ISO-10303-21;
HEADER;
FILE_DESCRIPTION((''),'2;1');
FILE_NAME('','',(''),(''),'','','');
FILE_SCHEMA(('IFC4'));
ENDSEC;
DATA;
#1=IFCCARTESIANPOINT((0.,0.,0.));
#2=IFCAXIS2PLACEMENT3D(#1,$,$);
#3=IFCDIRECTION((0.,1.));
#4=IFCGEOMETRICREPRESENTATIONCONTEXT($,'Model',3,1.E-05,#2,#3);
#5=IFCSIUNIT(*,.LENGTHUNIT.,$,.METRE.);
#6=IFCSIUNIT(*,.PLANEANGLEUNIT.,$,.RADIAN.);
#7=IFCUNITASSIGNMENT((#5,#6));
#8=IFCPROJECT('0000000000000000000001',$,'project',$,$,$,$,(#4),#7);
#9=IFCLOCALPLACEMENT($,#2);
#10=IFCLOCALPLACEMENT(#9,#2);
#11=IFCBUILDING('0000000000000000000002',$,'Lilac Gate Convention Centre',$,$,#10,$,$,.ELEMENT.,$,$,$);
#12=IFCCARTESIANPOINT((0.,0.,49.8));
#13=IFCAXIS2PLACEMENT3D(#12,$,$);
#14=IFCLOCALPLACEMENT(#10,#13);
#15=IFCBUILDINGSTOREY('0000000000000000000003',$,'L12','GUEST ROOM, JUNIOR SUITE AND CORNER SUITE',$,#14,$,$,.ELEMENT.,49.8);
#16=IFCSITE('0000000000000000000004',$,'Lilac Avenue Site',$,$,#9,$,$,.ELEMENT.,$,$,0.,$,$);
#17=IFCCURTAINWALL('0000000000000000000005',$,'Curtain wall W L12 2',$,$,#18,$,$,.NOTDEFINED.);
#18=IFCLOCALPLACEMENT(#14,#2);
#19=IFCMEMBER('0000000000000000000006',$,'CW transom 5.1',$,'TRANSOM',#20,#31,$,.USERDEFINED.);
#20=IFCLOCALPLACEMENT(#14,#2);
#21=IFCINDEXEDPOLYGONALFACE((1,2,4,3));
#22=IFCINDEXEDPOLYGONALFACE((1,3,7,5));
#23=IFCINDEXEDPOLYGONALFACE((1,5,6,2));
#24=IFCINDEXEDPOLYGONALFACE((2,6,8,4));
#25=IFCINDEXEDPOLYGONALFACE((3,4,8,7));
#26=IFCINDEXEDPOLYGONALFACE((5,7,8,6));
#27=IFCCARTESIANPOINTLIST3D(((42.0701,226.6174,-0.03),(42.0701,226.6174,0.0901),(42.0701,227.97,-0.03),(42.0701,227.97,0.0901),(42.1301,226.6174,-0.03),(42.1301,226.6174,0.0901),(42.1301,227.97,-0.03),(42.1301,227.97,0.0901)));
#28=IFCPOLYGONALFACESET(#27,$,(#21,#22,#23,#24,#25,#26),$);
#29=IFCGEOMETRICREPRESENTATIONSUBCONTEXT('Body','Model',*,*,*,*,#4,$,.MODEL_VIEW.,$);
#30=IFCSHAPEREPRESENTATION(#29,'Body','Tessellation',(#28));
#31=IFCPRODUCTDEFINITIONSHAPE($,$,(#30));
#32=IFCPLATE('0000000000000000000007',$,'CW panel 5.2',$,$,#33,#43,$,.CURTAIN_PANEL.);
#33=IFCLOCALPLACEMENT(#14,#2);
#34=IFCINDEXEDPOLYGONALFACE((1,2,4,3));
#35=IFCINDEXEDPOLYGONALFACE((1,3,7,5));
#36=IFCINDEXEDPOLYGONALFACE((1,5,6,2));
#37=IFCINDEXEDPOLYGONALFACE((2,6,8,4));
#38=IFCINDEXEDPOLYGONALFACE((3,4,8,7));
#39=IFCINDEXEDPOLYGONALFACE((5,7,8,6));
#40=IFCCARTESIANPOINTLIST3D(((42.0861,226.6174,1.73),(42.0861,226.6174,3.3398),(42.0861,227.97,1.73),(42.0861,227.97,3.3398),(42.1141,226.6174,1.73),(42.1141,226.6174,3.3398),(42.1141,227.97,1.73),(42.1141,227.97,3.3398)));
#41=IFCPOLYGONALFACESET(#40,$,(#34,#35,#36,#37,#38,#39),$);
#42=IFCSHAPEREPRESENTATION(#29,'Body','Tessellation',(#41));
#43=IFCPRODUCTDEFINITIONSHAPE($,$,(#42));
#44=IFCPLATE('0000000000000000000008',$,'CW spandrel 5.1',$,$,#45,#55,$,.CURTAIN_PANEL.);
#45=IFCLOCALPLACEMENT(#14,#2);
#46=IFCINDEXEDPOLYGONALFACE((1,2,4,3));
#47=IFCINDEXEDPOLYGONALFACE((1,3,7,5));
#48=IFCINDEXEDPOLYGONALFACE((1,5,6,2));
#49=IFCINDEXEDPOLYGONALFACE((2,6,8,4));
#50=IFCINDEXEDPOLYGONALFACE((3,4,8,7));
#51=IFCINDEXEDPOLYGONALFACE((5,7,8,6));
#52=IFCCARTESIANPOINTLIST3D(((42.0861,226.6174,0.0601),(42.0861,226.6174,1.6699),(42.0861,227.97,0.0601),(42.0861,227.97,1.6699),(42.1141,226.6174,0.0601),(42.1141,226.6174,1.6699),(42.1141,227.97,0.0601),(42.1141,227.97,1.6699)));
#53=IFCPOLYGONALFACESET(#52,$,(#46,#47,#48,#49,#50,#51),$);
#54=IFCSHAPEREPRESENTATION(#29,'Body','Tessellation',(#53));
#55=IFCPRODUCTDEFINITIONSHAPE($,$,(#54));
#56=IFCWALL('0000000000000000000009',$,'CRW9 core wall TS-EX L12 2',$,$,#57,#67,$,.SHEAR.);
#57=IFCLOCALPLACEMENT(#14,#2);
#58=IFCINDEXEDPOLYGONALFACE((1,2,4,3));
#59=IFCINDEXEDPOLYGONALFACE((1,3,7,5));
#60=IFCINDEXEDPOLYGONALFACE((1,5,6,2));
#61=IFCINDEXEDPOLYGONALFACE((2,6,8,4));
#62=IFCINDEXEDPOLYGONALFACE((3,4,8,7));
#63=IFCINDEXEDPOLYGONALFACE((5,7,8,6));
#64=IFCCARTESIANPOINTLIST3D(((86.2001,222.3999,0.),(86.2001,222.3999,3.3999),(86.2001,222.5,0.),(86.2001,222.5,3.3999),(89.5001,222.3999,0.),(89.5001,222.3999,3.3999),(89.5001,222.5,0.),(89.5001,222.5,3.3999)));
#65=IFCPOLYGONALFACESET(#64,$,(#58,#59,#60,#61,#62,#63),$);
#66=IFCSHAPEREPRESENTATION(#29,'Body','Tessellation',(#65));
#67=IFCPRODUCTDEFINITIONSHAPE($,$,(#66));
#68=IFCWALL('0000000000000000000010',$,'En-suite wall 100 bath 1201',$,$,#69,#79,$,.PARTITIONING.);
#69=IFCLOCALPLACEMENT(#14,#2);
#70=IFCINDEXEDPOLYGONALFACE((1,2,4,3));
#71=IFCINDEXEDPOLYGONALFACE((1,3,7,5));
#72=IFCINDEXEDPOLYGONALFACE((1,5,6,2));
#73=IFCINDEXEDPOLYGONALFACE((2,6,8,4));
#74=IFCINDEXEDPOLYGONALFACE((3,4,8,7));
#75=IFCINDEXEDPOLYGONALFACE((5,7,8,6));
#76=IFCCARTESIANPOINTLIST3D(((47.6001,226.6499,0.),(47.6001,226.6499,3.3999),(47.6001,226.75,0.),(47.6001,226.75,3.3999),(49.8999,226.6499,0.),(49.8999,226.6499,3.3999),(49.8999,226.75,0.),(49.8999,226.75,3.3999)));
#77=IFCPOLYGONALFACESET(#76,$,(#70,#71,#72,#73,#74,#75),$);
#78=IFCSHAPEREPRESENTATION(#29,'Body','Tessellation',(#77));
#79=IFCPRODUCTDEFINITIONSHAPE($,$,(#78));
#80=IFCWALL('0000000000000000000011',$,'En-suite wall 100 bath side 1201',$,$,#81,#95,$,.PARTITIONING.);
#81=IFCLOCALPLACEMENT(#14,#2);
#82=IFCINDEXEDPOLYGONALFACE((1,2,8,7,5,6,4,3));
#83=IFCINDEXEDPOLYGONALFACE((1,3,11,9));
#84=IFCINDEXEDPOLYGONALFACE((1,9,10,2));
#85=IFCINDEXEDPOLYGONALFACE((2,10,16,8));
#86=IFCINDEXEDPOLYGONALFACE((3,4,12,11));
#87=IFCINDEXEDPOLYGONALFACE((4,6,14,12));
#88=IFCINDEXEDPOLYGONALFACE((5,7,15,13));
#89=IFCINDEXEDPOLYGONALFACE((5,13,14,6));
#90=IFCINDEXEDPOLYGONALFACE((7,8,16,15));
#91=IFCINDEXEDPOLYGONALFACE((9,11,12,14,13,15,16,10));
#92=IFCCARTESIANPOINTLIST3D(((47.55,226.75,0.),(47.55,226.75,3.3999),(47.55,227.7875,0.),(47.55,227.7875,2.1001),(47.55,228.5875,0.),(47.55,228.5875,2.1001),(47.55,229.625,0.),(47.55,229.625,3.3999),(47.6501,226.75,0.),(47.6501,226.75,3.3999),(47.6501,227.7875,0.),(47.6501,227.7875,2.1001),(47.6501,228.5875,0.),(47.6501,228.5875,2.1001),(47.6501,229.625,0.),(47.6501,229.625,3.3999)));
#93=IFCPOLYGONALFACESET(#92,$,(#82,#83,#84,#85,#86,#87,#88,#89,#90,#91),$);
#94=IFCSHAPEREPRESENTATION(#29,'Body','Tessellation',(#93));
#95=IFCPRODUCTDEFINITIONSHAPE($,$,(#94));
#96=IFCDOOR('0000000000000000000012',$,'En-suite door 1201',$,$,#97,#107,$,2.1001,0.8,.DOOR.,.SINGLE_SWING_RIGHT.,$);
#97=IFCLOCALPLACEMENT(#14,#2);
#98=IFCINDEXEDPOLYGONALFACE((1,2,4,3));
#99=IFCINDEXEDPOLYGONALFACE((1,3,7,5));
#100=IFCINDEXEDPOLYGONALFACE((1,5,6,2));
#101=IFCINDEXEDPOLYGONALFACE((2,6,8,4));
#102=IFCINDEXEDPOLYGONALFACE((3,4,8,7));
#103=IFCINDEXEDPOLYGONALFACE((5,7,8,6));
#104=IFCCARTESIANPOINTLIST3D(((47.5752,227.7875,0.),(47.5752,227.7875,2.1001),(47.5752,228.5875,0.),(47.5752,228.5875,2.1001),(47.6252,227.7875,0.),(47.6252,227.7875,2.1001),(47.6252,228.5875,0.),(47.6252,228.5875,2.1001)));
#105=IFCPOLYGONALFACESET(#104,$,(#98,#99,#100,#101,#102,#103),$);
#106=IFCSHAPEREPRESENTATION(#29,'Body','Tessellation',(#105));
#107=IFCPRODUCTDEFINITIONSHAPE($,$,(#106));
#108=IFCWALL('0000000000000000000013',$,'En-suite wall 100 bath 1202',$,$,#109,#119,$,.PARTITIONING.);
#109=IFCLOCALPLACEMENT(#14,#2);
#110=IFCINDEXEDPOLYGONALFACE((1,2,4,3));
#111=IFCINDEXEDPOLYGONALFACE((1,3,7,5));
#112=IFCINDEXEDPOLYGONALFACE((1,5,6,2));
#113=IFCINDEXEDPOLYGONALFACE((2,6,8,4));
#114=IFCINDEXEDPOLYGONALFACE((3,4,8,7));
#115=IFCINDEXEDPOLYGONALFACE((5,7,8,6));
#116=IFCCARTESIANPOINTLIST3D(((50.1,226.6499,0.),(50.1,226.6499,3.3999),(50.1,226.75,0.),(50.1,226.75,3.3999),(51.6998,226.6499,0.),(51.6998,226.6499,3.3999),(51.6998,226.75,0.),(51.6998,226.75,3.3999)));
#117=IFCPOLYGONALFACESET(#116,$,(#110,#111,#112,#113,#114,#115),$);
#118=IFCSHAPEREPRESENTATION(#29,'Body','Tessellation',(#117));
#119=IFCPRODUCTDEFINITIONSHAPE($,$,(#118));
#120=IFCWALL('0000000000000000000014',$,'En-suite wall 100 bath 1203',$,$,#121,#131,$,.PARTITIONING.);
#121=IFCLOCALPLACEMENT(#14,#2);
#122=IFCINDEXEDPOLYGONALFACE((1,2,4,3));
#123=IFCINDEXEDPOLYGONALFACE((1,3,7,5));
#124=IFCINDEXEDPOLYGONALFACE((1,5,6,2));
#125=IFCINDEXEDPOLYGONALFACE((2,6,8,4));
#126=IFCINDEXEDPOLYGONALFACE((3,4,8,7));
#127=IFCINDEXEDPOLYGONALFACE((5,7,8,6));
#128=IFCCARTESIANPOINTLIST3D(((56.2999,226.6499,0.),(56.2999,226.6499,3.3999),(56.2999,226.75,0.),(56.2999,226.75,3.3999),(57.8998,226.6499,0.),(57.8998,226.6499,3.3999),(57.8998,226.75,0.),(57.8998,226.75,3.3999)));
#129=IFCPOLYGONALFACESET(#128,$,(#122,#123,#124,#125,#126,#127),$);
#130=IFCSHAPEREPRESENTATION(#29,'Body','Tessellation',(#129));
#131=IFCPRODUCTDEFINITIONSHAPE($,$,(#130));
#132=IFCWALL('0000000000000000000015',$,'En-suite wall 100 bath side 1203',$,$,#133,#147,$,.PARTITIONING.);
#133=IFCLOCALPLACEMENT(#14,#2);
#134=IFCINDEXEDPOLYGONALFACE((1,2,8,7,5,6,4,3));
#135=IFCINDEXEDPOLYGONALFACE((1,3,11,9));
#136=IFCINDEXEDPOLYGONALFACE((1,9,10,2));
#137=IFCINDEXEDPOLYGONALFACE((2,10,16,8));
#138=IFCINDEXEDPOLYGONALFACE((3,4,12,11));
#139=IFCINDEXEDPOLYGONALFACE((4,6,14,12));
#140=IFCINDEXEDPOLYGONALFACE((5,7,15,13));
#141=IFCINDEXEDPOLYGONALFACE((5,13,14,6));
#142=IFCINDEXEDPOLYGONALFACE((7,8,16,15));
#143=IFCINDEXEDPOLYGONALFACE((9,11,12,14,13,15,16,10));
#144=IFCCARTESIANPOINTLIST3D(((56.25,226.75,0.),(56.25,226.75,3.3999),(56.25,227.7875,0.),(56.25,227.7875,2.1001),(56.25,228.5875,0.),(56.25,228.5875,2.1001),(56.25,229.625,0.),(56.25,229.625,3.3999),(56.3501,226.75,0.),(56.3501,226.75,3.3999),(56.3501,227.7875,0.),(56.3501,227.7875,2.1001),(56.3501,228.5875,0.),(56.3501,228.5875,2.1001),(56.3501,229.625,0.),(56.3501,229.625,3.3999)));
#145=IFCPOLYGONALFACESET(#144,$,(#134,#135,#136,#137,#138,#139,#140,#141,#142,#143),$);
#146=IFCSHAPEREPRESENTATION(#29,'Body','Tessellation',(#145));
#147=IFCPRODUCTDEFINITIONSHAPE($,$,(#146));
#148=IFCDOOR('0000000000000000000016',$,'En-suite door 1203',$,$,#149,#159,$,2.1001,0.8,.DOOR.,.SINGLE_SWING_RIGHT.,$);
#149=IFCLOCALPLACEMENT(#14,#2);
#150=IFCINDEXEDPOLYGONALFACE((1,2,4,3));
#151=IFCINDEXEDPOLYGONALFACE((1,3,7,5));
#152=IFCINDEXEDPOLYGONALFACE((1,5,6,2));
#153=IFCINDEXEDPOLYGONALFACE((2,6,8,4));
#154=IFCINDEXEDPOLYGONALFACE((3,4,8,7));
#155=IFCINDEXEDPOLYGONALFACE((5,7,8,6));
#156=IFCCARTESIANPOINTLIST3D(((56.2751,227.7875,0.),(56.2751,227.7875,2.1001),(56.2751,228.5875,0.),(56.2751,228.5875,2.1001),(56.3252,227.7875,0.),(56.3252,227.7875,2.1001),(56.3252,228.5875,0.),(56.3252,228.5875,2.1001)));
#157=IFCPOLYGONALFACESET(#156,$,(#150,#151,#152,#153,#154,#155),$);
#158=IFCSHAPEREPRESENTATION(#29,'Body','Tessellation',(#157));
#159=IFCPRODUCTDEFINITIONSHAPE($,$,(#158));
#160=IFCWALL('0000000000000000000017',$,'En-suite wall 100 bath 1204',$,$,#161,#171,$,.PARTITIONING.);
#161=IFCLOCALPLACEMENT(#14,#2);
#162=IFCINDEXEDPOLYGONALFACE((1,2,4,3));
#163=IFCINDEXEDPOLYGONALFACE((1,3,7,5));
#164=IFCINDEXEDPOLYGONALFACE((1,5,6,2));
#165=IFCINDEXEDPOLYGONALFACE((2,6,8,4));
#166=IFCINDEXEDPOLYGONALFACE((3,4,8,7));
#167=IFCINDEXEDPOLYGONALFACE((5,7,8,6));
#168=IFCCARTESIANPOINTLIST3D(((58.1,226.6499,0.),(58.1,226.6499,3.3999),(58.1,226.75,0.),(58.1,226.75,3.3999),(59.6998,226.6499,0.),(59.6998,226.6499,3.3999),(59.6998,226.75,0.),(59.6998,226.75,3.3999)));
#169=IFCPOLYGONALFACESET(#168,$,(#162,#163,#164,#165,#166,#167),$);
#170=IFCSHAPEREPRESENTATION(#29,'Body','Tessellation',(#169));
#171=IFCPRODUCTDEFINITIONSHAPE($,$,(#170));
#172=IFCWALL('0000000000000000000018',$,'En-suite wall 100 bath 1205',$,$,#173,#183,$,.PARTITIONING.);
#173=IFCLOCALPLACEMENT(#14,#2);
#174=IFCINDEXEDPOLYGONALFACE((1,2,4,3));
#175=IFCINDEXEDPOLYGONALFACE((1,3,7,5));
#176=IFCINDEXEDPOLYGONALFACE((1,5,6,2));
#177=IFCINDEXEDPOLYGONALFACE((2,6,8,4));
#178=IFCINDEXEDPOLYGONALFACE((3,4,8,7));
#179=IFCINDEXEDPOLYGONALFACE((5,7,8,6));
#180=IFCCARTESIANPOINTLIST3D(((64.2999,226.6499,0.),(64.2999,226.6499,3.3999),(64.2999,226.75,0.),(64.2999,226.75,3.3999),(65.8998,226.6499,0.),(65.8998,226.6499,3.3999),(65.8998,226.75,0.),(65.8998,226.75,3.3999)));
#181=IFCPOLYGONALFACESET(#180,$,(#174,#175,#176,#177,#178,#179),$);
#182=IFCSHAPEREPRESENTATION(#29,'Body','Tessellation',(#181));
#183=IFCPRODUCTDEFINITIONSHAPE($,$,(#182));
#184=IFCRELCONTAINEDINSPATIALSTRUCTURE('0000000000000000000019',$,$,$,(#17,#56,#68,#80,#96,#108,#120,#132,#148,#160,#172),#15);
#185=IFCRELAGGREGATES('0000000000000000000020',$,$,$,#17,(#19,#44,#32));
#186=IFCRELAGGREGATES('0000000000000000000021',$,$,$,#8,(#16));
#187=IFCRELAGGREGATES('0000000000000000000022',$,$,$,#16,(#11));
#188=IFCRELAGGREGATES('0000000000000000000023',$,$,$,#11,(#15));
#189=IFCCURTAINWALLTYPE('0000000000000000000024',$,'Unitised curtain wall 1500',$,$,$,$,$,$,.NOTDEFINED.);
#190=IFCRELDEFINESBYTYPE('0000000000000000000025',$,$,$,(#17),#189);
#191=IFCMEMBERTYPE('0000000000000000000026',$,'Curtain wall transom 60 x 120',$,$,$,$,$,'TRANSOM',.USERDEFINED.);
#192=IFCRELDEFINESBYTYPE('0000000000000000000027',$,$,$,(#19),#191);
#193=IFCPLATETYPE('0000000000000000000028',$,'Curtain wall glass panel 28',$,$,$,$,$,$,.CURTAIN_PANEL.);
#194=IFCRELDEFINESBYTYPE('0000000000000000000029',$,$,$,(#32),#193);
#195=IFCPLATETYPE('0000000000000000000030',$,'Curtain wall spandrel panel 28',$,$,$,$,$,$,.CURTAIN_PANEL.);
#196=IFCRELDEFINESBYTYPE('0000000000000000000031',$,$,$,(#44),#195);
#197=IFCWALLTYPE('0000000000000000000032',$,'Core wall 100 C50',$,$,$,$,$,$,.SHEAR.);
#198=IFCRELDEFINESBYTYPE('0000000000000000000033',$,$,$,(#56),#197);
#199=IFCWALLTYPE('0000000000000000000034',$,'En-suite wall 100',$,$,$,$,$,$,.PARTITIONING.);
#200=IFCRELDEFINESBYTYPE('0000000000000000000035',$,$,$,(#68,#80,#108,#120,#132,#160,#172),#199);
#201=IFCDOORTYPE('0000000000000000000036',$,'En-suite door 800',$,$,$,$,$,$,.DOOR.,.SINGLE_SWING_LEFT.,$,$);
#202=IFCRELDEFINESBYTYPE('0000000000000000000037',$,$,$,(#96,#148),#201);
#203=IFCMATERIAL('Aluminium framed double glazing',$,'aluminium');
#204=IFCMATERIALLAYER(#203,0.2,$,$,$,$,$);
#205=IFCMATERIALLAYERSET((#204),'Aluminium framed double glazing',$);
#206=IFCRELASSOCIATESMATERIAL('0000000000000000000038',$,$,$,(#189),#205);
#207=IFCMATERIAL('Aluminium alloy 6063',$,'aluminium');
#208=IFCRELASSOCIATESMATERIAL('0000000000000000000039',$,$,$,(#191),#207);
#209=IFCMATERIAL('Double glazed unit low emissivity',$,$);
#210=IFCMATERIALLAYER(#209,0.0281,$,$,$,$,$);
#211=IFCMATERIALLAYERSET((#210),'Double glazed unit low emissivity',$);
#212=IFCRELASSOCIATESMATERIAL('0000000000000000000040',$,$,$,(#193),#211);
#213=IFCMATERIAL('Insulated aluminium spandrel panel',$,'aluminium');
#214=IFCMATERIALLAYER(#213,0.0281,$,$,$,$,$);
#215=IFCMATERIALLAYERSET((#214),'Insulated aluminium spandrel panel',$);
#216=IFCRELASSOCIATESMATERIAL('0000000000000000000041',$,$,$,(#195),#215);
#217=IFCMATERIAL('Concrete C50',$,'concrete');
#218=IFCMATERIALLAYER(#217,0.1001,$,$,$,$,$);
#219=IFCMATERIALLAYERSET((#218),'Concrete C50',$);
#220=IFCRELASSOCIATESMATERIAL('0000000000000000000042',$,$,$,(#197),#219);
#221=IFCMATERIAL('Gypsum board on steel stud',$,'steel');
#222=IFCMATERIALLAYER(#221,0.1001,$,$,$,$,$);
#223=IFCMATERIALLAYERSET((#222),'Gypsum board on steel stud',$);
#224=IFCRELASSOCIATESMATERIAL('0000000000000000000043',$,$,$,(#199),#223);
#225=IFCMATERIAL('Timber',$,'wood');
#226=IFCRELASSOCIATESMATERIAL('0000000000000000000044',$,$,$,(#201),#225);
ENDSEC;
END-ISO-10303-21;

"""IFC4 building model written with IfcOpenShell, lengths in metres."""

from ifc_helpers import new_model, si_unit, direction, frame, frame_2d, origin, origin_2d, place, context, subcontext, project, spatial, rectangle, extrude, material, layer, layer_set, material_profile, profile_set, type_object, element, fill, aggregate, save


model = new_model("IFC4")

# Units and contexts
model_context = context("Model", 3, precision=1e-05, world=origin(), true_north=direction((0.0, 1.0)))
body_context = subcontext(model_context, "Body", "Model", "MODEL_VIEW")
ifc_project = project(units=[si_unit("LENGTHUNIT", "METRE"), si_unit("PLANEANGLEUNIT", "RADIAN")], contexts=[model_context])

# Site, building, storey
site_placement = place(None, origin())
site = spatial("IfcSite", under=ifc_project, at=site_placement, Name="Lilac Avenue Site", CompositionType="ELEMENT", RefElevation=0.0)
building_placement = place(site_placement, origin())
building = spatial("IfcBuilding", under=site, at=building_placement, Name="Lilac Gate Convention Centre", CompositionType="ELEMENT")
storey_placement = place(building_placement, frame((0.0, 0.0, 49.8)))
storey = spatial("IfcBuildingStorey", under=building, at=storey_placement, Name="L12", Description="GUEST ROOM, JUNIOR SUITE AND CORNER SUITE", CompositionType="ELEMENT", Elevation=49.8)

# Curtain wall, member, plates
ifc_material_1 = material(Name="Aluminium framed double glazing", Category="aluminium")
ifc_layer_1 = layer(ifc_material_1, 0.2)
ifc_layer_set_1 = layer_set([ifc_layer_1], Name="Aluminium framed double glazing")
curtain_wall_type = type_object("IfcCurtainWallType", Name="Unitised curtain wall 1500", PredefinedType="NOTDEFINED", material=ifc_layer_set_1)
curtain_wall_placement = place(storey_placement, origin())
curtain_wall = element("IfcCurtainWall", 1, at=curtain_wall_placement, inside=storey, type_object=curtain_wall_type, Name="Curtain wall W L12 2", PredefinedType="NOTDEFINED")
ifc_material_2 = material(Name="Aluminium alloy 6063", Category="aluminium")
ifc_material_profile = material_profile(ifc_material_2, rectangle(XDim=0.0601, YDim=0.1201, at=origin_2d()), Name="Curtain wall transom 60 x 120")
ifc_profile_set = profile_set([ifc_material_profile], Name="Aluminium alloy 6063")
member_type = type_object("IfcMemberType", Name="Curtain wall transom 60 x 120", ElementType="TRANSOM", PredefinedType="USERDEFINED", material=ifc_profile_set)
member_placement = place(storey_placement, frame((42.1001, 227.97, 0.03), z_axis=(0.0, -1.0, 0.0), x_axis=(1.0, 0.0, 0.0)))
member = element("IfcMember", 2, at=member_placement, type_object=member_type, Name="CW transom 5.1", ObjectType="TRANSOM", PredefinedType="USERDEFINED", context=body_context, shape_type="SweptSolid", body=[
    extrude(rectangle(XDim=0.0601, YDim=0.1201, at=origin_2d()), origin(), (0.0, 0.0, 1.0), 1.3525),
])
ifc_material_3 = material(Name="Double glazed unit low emissivity")
ifc_layer_2 = layer(ifc_material_3, 0.0281)
ifc_layer_set_2 = layer_set([ifc_layer_2], Name="Double glazed unit low emissivity")
plate_type_1 = type_object("IfcPlateType", Name="Curtain wall glass panel 28", PredefinedType="CURTAIN_PANEL", material=ifc_layer_set_2)
plate_1_placement = place(storey_placement, frame((42.1001, 227.2937, 1.73), z_axis=(0.0, 0.0, 1.0), x_axis=(0.0, -1.0, 0.0)))
plate_1 = element("IfcPlate", 3, at=plate_1_placement, type_object=plate_type_1, Name="CW panel 5.2", PredefinedType="CURTAIN_PANEL", context=body_context, shape_type="SweptSolid", body=[
    extrude(rectangle(XDim=1.3525, YDim=0.0281, at=origin_2d()), origin(), (0.0, 0.0, 1.0), 1.6099),
])
ifc_material_4 = material(Name="Insulated aluminium spandrel panel", Category="aluminium")
ifc_layer_3 = layer(ifc_material_4, 0.0281)
ifc_layer_set_3 = layer_set([ifc_layer_3], Name="Insulated aluminium spandrel panel")
plate_type_2 = type_object("IfcPlateType", Name="Curtain wall spandrel panel 28", PredefinedType="CURTAIN_PANEL", material=ifc_layer_set_3)
plate_2_placement = place(storey_placement, frame((42.1001, 227.2937, 0.0601), z_axis=(0.0, 0.0, 1.0), x_axis=(0.0, -1.0, 0.0)))
plate_2 = element("IfcPlate", 4, at=plate_2_placement, type_object=plate_type_2, Name="CW spandrel 5.1", PredefinedType="CURTAIN_PANEL", context=body_context, shape_type="SweptSolid", body=[
    extrude(rectangle(XDim=1.3525, YDim=0.0281, at=origin_2d()), origin(), (0.0, 0.0, 1.0), 1.6099),
])
aggregate(curtain_wall, [member, plate_2, plate_1])

# Walls
ifc_material_5 = material(Name="Concrete C50", Category="concrete")
ifc_layer_4 = layer(ifc_material_5, 0.1001)
ifc_layer_set_4 = layer_set([ifc_layer_4], Name="Concrete C50")
wall_type_1 = type_object("IfcWallType", Name="Core wall 100 C50", PredefinedType="SHEAR", material=ifc_layer_set_4)
wall_1_placement = place(storey_placement, frame((89.5, 222.45, 0.0), z_axis=(0.0, 0.0, 1.0), x_axis=(-1.0, 0.0, 0.0)))
element("IfcWall", 5, at=wall_1_placement, inside=storey, type_object=wall_type_1, Name="CRW9 core wall TS-EX L12 2", PredefinedType="SHEAR", context=body_context, shape_type="SweptSolid", body=[
    extrude(rectangle(XDim=3.3, YDim=0.1001, at=frame_2d((1.6499, 0.0))), origin(), (0.0, 0.0, 1.0), 3.3999),
])
ifc_material_6 = material(Name="Gypsum board on steel stud", Category="steel")
ifc_layer_5 = layer(ifc_material_6, 0.1001)
ifc_layer_set_5 = layer_set([ifc_layer_5], Name="Gypsum board on steel stud")
wall_type_2 = type_object("IfcWallType", Name="En-suite wall 100", PredefinedType="PARTITIONING", material=ifc_layer_set_5)
wall_2_placement = place(storey_placement, frame((47.6001, 226.7, 0.0), z_axis=(0.0, 0.0, 1.0), x_axis=(1.0, 0.0, 0.0)))
element("IfcWall", 6, at=wall_2_placement, inside=storey, type_object=wall_type_2, Name="En-suite wall 100 bath 1201", PredefinedType="PARTITIONING", context=body_context, shape_type="SweptSolid", body=[
    extrude(rectangle(XDim=2.2998, YDim=0.1001, at=frame_2d((1.1499, 0.0))), origin(), (0.0, 0.0, 1.0), 3.3999),
])

# Wall, opening, door
wall_3_placement = place(storey_placement, frame((47.6001, 226.75, 0.0), z_axis=(0.0, 0.0, 1.0), x_axis=(0.0, 1.0, 0.0)))
wall_3 = element("IfcWall", 7, at=wall_3_placement, inside=storey, type_object=wall_type_2, Name="En-suite wall 100 bath side 1201", PredefinedType="PARTITIONING", context=body_context, shape_type="SweptSolid", body=[
    extrude(rectangle(XDim=2.875, YDim=0.1001, at=frame_2d((1.4375, 0.0))), origin(), (0.0, 0.0, 1.0), 3.3999),
])
opening_1_placement = place(wall_3_placement, frame((1.0376, 0.0, 0.0)))
opening_1 = element("IfcOpeningElement", 8, at=opening_1_placement, cuts=wall_3, PredefinedType="OPENING", context=body_context, shape_type="SweptSolid", body=[
    extrude(rectangle(XDim=0.8, YDim=2.1001, at=frame_2d((0.3999, 1.05))), frame((0.0, 0.0601, 0.0), z_axis=(0.0, -1.0, 0.0), x_axis=(1.0, 0.0, 0.0)), (0.0, 0.0, 1.0), 0.1201),
])
ifc_material_7 = material(Name="Timber", Category="wood")
door_type = type_object("IfcDoorType", Name="En-suite door 800", OperationType="SINGLE_SWING_LEFT", PredefinedType="DOOR", material=ifc_material_7)
door_1_placement = place(opening_1_placement, origin())
door_1 = element("IfcDoor", 9, at=door_1_placement, inside=storey, type_object=door_type, Name="En-suite door 1201", OperationType="SINGLE_SWING_RIGHT", OverallHeight=2.1001, OverallWidth=0.8, PredefinedType="DOOR", context=body_context, shape_type="SweptSolid", body=[
    extrude(rectangle(XDim=0.8, YDim=2.1001, at=frame_2d((0.3999, 1.05))), frame((0.0, 0.0249, 0.0), z_axis=(0.0, -1.0, 0.0), x_axis=(1.0, 0.0, 0.0)), (0.0, 0.0, 1.0), 0.05),
])
fill(opening_1, door_1)

# Walls
for number, where, z_axis, x_axis, name in (
    (10, (50.1001, 226.7, 0.0), (0.0, 0.0, 1.0), (1.0, 0.0, 0.0), "En-suite wall 100 bath 1202"),
    (11, (56.3, 226.7, 0.0), (0.0, 0.0, 1.0), (1.0, 0.0, 0.0), "En-suite wall 100 bath 1203"),
):
    element("IfcWall", number, at=place(storey_placement, frame(where, z_axis=z_axis, x_axis=x_axis)), inside=storey, type_object=wall_type_2, Name=name, PredefinedType="PARTITIONING", context=body_context, shape_type="SweptSolid", body=[
        extrude(rectangle(XDim=1.5999, YDim=0.1001, at=frame_2d((0.7998, 0.0))), origin(), (0.0, 0.0, 1.0), 3.3999),
    ])

# Wall, opening, door
wall_4_placement = place(storey_placement, frame((56.3, 226.75, 0.0), z_axis=(0.0, 0.0, 1.0), x_axis=(0.0, 1.0, 0.0)))
wall_4 = element("IfcWall", 12, at=wall_4_placement, inside=storey, type_object=wall_type_2, Name="En-suite wall 100 bath side 1203", PredefinedType="PARTITIONING", context=body_context, shape_type="SweptSolid", body=[
    extrude(rectangle(XDim=2.875, YDim=0.1001, at=frame_2d((1.4375, 0.0))), origin(), (0.0, 0.0, 1.0), 3.3999),
])
opening_2_placement = place(wall_4_placement, frame((1.0376, 0.0, 0.0)))
opening_2 = element("IfcOpeningElement", 13, at=opening_2_placement, cuts=wall_4, PredefinedType="OPENING", context=body_context, shape_type="SweptSolid", body=[
    extrude(rectangle(XDim=0.8, YDim=2.1001, at=frame_2d((0.3999, 1.05))), frame((0.0, 0.0601, 0.0), z_axis=(0.0, -1.0, 0.0), x_axis=(1.0, 0.0, 0.0)), (0.0, 0.0, 1.0), 0.1201),
])
door_2_placement = place(opening_2_placement, origin())
door_2 = element("IfcDoor", 14, at=door_2_placement, inside=storey, type_object=door_type, Name="En-suite door 1203", OperationType="SINGLE_SWING_RIGHT", OverallHeight=2.1001, OverallWidth=0.8, PredefinedType="DOOR", context=body_context, shape_type="SweptSolid", body=[
    extrude(rectangle(XDim=0.8, YDim=2.1001, at=frame_2d((0.3999, 1.05))), frame((0.0, 0.0249, 0.0), z_axis=(0.0, -1.0, 0.0), x_axis=(1.0, 0.0, 0.0)), (0.0, 0.0, 1.0), 0.05),
])
fill(opening_2, door_2)

# Walls
for number, where, z_axis, x_axis, name in (
    (15, (58.1001, 226.7, 0.0), (0.0, 0.0, 1.0), (1.0, 0.0, 0.0), "En-suite wall 100 bath 1204"),
    (16, (64.3, 226.7, 0.0), (0.0, 0.0, 1.0), (1.0, 0.0, 0.0), "En-suite wall 100 bath 1205"),
):
    element("IfcWall", number, at=place(storey_placement, frame(where, z_axis=z_axis, x_axis=x_axis)), inside=storey, type_object=wall_type_2, Name=name, PredefinedType="PARTITIONING", context=body_context, shape_type="SweptSolid", body=[
        extrude(rectangle(XDim=1.5999, YDim=0.1001, at=frame_2d((0.7998, 0.0))), origin(), (0.0, 0.0, 1.0), 3.3999),
    ])

save(model, "model.ifc")
